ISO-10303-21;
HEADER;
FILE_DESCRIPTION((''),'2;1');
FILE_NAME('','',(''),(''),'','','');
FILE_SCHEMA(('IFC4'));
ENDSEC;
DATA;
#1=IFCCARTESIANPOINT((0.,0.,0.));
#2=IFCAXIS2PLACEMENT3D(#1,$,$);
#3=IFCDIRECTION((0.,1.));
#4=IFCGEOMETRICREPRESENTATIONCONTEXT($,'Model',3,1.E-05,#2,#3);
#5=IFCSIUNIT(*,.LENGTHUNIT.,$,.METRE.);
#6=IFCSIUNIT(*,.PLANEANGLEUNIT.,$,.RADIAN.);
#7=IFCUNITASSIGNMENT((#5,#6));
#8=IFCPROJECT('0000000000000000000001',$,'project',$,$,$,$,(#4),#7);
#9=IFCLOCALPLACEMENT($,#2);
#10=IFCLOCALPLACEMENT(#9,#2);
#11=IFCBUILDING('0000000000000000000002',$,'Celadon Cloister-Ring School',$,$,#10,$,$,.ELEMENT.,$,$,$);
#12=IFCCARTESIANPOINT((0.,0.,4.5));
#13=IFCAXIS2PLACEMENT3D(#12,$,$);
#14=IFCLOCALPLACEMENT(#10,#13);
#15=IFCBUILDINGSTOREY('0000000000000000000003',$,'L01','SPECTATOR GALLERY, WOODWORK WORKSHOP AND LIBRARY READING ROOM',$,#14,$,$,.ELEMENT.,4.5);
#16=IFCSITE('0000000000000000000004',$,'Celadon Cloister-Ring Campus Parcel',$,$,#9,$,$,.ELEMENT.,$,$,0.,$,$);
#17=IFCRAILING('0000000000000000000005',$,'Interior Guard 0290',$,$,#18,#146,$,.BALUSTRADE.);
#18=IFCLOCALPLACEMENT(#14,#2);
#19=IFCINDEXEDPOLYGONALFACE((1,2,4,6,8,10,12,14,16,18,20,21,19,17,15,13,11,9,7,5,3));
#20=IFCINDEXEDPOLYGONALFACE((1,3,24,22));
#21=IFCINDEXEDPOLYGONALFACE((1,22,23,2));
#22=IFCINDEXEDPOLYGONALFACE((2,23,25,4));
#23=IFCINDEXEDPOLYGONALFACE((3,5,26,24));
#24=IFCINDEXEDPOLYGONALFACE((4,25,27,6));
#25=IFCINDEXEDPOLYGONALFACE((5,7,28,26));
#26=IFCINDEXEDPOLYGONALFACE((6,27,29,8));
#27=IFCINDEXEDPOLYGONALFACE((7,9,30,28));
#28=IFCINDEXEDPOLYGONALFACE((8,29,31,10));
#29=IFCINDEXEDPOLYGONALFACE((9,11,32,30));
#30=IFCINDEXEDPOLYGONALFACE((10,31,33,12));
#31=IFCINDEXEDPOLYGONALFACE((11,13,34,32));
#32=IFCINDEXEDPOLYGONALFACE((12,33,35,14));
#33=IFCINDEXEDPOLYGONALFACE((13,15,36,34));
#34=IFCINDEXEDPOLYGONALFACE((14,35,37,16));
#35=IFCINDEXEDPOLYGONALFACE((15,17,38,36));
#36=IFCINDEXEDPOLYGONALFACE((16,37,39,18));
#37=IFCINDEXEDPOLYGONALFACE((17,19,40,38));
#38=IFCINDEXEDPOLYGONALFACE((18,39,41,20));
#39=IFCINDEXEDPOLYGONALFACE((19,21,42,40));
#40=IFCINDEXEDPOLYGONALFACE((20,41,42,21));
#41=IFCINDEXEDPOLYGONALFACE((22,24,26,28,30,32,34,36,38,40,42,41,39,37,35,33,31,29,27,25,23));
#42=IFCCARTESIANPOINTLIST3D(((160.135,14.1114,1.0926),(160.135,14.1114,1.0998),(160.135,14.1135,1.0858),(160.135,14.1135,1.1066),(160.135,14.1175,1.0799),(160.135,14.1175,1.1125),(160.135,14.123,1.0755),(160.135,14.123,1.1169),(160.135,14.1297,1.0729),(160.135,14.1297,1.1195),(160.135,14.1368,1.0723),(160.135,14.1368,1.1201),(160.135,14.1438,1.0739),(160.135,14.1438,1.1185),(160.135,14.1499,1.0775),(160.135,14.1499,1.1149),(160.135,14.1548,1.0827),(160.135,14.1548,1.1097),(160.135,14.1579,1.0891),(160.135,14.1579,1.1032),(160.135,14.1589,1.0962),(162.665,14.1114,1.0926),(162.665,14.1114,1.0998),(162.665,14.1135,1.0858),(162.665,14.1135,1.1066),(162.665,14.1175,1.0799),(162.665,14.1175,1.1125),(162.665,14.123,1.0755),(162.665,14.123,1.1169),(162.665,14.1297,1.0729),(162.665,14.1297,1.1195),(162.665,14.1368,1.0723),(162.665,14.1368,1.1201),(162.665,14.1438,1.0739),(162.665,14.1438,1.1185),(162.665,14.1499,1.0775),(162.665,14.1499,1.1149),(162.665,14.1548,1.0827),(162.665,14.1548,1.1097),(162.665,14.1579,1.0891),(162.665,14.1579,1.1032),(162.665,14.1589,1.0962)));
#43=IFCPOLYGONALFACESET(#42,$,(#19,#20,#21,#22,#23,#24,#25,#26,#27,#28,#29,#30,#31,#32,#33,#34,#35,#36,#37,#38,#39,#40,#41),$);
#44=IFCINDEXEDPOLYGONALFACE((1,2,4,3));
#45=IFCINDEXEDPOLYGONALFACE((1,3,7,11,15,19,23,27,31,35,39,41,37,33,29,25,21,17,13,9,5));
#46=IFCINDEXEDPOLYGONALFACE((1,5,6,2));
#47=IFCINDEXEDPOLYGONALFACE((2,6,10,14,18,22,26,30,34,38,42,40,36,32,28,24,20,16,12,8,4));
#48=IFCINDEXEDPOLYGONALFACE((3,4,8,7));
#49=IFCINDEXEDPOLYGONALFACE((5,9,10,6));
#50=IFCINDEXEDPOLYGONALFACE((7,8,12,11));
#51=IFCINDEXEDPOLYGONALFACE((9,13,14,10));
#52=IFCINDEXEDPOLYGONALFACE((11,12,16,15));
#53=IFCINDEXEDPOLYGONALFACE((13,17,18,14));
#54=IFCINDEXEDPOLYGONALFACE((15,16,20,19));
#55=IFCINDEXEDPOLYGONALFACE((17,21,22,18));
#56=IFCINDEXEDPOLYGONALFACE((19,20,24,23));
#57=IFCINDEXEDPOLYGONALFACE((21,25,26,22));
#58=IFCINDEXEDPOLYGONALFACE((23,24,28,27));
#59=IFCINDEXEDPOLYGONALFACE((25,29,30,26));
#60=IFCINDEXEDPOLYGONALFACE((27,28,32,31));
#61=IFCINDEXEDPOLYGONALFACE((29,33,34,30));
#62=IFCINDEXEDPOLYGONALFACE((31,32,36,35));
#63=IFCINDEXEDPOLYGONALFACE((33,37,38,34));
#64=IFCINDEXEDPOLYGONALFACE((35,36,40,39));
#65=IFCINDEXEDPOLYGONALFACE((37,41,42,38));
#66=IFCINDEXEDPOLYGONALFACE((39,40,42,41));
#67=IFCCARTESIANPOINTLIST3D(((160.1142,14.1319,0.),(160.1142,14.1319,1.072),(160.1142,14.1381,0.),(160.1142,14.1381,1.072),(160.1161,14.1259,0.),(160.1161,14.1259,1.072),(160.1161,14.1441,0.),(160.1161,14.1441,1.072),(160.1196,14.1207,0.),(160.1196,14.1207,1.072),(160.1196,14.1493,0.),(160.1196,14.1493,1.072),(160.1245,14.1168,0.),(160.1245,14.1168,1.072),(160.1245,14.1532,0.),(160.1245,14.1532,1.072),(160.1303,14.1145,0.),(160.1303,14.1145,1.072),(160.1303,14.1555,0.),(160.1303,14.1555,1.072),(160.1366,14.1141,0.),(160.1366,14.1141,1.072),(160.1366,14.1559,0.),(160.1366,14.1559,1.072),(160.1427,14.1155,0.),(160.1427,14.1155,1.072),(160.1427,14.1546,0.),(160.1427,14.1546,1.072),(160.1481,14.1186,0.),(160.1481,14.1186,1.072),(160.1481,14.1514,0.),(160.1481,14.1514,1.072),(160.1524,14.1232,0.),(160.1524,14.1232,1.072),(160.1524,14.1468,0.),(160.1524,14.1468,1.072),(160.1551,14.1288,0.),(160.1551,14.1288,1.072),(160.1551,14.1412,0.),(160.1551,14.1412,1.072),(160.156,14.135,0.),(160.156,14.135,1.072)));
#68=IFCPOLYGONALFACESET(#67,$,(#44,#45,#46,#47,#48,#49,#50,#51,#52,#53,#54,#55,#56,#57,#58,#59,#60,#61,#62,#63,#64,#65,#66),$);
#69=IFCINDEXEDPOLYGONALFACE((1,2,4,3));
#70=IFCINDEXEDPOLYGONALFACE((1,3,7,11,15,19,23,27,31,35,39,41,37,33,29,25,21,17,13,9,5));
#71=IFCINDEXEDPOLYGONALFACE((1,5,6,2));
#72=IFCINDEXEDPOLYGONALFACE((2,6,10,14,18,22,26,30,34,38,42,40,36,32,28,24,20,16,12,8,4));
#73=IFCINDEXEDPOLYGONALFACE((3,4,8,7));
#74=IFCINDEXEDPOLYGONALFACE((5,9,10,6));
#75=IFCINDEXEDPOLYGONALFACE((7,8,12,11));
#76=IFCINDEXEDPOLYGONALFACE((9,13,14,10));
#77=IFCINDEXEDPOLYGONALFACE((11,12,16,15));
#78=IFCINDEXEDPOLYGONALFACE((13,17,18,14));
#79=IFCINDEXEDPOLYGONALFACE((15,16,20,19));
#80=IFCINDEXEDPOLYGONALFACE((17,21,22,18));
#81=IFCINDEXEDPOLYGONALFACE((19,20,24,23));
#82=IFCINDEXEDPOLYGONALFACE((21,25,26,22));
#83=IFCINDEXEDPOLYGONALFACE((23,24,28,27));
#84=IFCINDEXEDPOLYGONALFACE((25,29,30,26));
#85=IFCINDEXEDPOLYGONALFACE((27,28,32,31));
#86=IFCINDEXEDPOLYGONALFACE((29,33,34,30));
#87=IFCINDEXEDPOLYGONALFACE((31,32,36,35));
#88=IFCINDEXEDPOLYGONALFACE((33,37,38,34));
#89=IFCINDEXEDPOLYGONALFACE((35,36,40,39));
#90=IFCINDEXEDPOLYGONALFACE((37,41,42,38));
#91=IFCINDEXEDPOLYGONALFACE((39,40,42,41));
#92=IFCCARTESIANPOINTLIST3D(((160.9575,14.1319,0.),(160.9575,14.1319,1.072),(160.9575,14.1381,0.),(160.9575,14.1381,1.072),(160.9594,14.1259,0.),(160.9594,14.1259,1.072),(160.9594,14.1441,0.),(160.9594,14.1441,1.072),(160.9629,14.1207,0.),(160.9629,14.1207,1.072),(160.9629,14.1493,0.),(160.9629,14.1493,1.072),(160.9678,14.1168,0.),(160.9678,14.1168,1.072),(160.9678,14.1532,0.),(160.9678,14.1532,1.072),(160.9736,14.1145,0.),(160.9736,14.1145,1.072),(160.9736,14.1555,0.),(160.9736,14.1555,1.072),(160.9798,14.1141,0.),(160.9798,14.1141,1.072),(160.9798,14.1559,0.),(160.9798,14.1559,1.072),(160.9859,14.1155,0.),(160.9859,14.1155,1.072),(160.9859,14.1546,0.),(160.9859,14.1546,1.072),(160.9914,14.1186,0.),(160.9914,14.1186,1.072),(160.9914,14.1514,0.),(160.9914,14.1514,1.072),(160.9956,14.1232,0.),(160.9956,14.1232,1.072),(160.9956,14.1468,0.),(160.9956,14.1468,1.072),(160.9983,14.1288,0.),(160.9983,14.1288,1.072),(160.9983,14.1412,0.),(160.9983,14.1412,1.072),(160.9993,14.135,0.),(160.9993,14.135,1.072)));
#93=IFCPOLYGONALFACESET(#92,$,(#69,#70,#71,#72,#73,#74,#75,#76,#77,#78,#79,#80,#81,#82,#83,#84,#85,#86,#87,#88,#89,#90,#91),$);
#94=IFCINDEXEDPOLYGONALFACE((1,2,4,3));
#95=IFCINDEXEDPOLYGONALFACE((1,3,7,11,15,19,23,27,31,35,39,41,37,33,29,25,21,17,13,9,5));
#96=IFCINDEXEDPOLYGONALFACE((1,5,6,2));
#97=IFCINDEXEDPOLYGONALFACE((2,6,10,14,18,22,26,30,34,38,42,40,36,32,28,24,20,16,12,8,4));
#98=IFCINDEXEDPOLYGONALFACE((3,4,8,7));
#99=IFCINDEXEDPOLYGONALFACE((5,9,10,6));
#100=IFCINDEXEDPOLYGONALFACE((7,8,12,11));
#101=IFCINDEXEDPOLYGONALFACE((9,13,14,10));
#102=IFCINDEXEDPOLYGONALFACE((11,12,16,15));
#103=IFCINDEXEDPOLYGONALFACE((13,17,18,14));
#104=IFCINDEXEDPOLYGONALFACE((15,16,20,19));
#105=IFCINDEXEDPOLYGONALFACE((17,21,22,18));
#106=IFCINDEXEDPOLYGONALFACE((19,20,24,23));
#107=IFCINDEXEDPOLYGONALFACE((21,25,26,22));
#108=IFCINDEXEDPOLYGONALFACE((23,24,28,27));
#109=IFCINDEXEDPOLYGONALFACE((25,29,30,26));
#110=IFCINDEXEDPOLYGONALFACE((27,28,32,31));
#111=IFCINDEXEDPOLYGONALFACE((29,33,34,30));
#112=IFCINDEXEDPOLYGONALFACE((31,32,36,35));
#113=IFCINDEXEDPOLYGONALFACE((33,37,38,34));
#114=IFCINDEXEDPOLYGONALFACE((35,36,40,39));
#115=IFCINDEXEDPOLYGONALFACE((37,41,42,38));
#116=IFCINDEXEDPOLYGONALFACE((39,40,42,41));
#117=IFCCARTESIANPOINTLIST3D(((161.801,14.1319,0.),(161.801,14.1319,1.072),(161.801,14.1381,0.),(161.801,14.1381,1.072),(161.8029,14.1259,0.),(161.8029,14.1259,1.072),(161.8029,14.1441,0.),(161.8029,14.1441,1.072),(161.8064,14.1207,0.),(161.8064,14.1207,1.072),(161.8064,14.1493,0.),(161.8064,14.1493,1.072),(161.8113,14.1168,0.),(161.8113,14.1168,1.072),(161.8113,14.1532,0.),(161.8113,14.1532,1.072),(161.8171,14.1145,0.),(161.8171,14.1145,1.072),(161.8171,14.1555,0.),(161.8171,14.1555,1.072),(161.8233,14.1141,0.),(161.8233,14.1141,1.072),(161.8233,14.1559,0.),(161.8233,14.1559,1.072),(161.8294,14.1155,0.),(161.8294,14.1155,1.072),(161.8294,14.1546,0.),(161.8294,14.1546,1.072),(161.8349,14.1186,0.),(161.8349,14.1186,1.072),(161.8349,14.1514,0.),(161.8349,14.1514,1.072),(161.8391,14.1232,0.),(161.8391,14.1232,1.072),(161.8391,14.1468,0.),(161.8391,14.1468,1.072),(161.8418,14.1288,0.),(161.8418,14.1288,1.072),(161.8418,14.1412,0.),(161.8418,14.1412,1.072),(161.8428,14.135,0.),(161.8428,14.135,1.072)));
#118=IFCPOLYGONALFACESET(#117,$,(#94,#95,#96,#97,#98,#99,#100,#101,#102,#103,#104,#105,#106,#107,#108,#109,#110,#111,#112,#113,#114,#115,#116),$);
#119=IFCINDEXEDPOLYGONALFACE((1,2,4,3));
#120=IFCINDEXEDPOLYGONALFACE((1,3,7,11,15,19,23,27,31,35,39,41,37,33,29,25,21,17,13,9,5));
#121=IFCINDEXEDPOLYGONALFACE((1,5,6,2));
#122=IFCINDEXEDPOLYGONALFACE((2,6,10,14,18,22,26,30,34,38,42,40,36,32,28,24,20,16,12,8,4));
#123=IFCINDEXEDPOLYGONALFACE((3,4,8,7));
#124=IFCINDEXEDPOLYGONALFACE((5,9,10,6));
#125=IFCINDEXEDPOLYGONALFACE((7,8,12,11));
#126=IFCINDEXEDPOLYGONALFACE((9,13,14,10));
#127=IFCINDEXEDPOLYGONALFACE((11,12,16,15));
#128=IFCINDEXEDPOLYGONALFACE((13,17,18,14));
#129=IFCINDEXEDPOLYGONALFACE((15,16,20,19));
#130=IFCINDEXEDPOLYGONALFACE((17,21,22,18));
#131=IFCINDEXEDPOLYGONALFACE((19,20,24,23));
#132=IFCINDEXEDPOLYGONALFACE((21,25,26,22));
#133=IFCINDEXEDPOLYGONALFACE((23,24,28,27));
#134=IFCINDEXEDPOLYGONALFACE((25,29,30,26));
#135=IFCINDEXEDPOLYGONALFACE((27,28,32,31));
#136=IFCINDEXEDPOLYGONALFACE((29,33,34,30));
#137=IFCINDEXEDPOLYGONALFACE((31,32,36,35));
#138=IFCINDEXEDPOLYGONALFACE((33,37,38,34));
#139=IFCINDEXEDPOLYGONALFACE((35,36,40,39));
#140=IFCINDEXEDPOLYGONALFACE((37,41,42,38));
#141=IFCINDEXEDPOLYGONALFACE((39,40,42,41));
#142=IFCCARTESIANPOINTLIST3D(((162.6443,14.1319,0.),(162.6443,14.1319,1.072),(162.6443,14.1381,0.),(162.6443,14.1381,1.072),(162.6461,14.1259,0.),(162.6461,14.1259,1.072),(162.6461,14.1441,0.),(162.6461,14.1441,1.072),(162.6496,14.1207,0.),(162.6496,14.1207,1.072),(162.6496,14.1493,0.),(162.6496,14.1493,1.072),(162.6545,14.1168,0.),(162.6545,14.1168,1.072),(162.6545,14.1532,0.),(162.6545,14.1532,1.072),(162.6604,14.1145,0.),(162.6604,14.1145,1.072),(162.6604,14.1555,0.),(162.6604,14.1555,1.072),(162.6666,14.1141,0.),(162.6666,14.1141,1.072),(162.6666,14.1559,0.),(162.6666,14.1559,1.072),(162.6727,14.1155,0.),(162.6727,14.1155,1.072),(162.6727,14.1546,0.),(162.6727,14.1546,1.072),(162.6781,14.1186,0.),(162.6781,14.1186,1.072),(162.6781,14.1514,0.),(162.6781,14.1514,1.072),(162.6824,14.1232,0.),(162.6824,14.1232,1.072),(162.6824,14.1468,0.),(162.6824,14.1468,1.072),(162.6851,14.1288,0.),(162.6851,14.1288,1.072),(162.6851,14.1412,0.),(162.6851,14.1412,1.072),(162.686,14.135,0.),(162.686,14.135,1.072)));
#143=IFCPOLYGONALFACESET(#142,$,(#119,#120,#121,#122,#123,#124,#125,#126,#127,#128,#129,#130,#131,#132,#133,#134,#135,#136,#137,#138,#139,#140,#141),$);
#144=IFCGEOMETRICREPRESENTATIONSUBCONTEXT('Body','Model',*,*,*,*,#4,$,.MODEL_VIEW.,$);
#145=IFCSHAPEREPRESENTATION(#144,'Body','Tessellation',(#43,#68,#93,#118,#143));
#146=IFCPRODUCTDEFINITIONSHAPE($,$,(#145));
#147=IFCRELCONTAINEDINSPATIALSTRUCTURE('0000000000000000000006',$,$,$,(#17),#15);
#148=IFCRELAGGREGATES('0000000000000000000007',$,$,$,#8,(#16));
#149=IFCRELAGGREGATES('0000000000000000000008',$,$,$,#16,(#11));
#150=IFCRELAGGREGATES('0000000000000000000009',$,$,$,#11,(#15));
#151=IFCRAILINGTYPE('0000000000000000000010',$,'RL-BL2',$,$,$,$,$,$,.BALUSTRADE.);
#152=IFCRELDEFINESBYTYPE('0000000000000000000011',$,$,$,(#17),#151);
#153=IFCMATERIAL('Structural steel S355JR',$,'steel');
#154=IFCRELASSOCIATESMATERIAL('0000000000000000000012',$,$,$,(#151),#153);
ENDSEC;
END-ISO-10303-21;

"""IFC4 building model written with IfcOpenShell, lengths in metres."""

from ifc_helpers import new_model, si_unit, direction, frame, origin, origin_2d, place, context, subcontext, project, spatial, circle, extrude, material, type_object, element, save


model = new_model("IFC4")

# Units and contexts
model_context = context("Model", 3, precision=1e-05, world=origin(), true_north=direction((0.0, 1.0)))
body_context = subcontext(model_context, "Body", "Model", "MODEL_VIEW")
ifc_project = project(units=[si_unit("LENGTHUNIT", "METRE"), si_unit("PLANEANGLEUNIT", "RADIAN")], contexts=[model_context])

# Site, building, storey
site_placement = place(None, origin())
site = spatial("IfcSite", under=ifc_project, at=site_placement, Name="Celadon Cloister-Ring Campus Parcel", CompositionType="ELEMENT", RefElevation=0.0)
building_placement = place(site_placement, origin())
building = spatial("IfcBuilding", under=site, at=building_placement, Name="Celadon Cloister-Ring School", CompositionType="ELEMENT")
storey_placement = place(building_placement, frame((0.0, 0.0, 4.5)))
storey = spatial("IfcBuildingStorey", under=building, at=storey_placement, Name="L01", Description="SPECTATOR GALLERY, WOODWORK WORKSHOP AND LIBRARY READING ROOM", CompositionType="ELEMENT", Elevation=4.5)

# Railing
ifc_material_1 = material(Name="Structural steel S355JR", Category="steel")
railing_type_1 = type_object("IfcRailingType", Name="RL-BL2", PredefinedType="BALUSTRADE", material=ifc_material_1)
railing_1_placement = place(storey_placement, frame((160.135, 14.135, 0.0)))
element("IfcRailing", 1, at=railing_1_placement, inside=storey, type_object=railing_type_1, Name="Interior Guard 0290", PredefinedType="BALUSTRADE", context=body_context, shape_type="SweptSolid", body=[
    extrude(circle(Radius=0.0239, at=origin_2d()), frame((0.0, 0.0, 1.0962), z_axis=(1.0, 0.0, 0.0), x_axis=(0.0, 1.0, 0.0)), (0.0, 0.0, 1.0), 2.53),
    extrude(circle(Radius=0.021, at=origin_2d()), origin(), (0.0, 0.0, 1.0), 1.072),
    extrude(circle(Radius=0.021, at=origin_2d()), frame((0.8433, 0.0, 0.0)), (0.0, 0.0, 1.0), 1.072),
    extrude(circle(Radius=0.021, at=origin_2d()), frame((1.6868, 0.0, 0.0)), (0.0, 0.0, 1.0), 1.072),
    extrude(circle(Radius=0.021, at=origin_2d()), frame((2.53, 0.0, 0.0)), (0.0, 0.0, 1.0), 1.072),
])

save(model, "model.ifc")
